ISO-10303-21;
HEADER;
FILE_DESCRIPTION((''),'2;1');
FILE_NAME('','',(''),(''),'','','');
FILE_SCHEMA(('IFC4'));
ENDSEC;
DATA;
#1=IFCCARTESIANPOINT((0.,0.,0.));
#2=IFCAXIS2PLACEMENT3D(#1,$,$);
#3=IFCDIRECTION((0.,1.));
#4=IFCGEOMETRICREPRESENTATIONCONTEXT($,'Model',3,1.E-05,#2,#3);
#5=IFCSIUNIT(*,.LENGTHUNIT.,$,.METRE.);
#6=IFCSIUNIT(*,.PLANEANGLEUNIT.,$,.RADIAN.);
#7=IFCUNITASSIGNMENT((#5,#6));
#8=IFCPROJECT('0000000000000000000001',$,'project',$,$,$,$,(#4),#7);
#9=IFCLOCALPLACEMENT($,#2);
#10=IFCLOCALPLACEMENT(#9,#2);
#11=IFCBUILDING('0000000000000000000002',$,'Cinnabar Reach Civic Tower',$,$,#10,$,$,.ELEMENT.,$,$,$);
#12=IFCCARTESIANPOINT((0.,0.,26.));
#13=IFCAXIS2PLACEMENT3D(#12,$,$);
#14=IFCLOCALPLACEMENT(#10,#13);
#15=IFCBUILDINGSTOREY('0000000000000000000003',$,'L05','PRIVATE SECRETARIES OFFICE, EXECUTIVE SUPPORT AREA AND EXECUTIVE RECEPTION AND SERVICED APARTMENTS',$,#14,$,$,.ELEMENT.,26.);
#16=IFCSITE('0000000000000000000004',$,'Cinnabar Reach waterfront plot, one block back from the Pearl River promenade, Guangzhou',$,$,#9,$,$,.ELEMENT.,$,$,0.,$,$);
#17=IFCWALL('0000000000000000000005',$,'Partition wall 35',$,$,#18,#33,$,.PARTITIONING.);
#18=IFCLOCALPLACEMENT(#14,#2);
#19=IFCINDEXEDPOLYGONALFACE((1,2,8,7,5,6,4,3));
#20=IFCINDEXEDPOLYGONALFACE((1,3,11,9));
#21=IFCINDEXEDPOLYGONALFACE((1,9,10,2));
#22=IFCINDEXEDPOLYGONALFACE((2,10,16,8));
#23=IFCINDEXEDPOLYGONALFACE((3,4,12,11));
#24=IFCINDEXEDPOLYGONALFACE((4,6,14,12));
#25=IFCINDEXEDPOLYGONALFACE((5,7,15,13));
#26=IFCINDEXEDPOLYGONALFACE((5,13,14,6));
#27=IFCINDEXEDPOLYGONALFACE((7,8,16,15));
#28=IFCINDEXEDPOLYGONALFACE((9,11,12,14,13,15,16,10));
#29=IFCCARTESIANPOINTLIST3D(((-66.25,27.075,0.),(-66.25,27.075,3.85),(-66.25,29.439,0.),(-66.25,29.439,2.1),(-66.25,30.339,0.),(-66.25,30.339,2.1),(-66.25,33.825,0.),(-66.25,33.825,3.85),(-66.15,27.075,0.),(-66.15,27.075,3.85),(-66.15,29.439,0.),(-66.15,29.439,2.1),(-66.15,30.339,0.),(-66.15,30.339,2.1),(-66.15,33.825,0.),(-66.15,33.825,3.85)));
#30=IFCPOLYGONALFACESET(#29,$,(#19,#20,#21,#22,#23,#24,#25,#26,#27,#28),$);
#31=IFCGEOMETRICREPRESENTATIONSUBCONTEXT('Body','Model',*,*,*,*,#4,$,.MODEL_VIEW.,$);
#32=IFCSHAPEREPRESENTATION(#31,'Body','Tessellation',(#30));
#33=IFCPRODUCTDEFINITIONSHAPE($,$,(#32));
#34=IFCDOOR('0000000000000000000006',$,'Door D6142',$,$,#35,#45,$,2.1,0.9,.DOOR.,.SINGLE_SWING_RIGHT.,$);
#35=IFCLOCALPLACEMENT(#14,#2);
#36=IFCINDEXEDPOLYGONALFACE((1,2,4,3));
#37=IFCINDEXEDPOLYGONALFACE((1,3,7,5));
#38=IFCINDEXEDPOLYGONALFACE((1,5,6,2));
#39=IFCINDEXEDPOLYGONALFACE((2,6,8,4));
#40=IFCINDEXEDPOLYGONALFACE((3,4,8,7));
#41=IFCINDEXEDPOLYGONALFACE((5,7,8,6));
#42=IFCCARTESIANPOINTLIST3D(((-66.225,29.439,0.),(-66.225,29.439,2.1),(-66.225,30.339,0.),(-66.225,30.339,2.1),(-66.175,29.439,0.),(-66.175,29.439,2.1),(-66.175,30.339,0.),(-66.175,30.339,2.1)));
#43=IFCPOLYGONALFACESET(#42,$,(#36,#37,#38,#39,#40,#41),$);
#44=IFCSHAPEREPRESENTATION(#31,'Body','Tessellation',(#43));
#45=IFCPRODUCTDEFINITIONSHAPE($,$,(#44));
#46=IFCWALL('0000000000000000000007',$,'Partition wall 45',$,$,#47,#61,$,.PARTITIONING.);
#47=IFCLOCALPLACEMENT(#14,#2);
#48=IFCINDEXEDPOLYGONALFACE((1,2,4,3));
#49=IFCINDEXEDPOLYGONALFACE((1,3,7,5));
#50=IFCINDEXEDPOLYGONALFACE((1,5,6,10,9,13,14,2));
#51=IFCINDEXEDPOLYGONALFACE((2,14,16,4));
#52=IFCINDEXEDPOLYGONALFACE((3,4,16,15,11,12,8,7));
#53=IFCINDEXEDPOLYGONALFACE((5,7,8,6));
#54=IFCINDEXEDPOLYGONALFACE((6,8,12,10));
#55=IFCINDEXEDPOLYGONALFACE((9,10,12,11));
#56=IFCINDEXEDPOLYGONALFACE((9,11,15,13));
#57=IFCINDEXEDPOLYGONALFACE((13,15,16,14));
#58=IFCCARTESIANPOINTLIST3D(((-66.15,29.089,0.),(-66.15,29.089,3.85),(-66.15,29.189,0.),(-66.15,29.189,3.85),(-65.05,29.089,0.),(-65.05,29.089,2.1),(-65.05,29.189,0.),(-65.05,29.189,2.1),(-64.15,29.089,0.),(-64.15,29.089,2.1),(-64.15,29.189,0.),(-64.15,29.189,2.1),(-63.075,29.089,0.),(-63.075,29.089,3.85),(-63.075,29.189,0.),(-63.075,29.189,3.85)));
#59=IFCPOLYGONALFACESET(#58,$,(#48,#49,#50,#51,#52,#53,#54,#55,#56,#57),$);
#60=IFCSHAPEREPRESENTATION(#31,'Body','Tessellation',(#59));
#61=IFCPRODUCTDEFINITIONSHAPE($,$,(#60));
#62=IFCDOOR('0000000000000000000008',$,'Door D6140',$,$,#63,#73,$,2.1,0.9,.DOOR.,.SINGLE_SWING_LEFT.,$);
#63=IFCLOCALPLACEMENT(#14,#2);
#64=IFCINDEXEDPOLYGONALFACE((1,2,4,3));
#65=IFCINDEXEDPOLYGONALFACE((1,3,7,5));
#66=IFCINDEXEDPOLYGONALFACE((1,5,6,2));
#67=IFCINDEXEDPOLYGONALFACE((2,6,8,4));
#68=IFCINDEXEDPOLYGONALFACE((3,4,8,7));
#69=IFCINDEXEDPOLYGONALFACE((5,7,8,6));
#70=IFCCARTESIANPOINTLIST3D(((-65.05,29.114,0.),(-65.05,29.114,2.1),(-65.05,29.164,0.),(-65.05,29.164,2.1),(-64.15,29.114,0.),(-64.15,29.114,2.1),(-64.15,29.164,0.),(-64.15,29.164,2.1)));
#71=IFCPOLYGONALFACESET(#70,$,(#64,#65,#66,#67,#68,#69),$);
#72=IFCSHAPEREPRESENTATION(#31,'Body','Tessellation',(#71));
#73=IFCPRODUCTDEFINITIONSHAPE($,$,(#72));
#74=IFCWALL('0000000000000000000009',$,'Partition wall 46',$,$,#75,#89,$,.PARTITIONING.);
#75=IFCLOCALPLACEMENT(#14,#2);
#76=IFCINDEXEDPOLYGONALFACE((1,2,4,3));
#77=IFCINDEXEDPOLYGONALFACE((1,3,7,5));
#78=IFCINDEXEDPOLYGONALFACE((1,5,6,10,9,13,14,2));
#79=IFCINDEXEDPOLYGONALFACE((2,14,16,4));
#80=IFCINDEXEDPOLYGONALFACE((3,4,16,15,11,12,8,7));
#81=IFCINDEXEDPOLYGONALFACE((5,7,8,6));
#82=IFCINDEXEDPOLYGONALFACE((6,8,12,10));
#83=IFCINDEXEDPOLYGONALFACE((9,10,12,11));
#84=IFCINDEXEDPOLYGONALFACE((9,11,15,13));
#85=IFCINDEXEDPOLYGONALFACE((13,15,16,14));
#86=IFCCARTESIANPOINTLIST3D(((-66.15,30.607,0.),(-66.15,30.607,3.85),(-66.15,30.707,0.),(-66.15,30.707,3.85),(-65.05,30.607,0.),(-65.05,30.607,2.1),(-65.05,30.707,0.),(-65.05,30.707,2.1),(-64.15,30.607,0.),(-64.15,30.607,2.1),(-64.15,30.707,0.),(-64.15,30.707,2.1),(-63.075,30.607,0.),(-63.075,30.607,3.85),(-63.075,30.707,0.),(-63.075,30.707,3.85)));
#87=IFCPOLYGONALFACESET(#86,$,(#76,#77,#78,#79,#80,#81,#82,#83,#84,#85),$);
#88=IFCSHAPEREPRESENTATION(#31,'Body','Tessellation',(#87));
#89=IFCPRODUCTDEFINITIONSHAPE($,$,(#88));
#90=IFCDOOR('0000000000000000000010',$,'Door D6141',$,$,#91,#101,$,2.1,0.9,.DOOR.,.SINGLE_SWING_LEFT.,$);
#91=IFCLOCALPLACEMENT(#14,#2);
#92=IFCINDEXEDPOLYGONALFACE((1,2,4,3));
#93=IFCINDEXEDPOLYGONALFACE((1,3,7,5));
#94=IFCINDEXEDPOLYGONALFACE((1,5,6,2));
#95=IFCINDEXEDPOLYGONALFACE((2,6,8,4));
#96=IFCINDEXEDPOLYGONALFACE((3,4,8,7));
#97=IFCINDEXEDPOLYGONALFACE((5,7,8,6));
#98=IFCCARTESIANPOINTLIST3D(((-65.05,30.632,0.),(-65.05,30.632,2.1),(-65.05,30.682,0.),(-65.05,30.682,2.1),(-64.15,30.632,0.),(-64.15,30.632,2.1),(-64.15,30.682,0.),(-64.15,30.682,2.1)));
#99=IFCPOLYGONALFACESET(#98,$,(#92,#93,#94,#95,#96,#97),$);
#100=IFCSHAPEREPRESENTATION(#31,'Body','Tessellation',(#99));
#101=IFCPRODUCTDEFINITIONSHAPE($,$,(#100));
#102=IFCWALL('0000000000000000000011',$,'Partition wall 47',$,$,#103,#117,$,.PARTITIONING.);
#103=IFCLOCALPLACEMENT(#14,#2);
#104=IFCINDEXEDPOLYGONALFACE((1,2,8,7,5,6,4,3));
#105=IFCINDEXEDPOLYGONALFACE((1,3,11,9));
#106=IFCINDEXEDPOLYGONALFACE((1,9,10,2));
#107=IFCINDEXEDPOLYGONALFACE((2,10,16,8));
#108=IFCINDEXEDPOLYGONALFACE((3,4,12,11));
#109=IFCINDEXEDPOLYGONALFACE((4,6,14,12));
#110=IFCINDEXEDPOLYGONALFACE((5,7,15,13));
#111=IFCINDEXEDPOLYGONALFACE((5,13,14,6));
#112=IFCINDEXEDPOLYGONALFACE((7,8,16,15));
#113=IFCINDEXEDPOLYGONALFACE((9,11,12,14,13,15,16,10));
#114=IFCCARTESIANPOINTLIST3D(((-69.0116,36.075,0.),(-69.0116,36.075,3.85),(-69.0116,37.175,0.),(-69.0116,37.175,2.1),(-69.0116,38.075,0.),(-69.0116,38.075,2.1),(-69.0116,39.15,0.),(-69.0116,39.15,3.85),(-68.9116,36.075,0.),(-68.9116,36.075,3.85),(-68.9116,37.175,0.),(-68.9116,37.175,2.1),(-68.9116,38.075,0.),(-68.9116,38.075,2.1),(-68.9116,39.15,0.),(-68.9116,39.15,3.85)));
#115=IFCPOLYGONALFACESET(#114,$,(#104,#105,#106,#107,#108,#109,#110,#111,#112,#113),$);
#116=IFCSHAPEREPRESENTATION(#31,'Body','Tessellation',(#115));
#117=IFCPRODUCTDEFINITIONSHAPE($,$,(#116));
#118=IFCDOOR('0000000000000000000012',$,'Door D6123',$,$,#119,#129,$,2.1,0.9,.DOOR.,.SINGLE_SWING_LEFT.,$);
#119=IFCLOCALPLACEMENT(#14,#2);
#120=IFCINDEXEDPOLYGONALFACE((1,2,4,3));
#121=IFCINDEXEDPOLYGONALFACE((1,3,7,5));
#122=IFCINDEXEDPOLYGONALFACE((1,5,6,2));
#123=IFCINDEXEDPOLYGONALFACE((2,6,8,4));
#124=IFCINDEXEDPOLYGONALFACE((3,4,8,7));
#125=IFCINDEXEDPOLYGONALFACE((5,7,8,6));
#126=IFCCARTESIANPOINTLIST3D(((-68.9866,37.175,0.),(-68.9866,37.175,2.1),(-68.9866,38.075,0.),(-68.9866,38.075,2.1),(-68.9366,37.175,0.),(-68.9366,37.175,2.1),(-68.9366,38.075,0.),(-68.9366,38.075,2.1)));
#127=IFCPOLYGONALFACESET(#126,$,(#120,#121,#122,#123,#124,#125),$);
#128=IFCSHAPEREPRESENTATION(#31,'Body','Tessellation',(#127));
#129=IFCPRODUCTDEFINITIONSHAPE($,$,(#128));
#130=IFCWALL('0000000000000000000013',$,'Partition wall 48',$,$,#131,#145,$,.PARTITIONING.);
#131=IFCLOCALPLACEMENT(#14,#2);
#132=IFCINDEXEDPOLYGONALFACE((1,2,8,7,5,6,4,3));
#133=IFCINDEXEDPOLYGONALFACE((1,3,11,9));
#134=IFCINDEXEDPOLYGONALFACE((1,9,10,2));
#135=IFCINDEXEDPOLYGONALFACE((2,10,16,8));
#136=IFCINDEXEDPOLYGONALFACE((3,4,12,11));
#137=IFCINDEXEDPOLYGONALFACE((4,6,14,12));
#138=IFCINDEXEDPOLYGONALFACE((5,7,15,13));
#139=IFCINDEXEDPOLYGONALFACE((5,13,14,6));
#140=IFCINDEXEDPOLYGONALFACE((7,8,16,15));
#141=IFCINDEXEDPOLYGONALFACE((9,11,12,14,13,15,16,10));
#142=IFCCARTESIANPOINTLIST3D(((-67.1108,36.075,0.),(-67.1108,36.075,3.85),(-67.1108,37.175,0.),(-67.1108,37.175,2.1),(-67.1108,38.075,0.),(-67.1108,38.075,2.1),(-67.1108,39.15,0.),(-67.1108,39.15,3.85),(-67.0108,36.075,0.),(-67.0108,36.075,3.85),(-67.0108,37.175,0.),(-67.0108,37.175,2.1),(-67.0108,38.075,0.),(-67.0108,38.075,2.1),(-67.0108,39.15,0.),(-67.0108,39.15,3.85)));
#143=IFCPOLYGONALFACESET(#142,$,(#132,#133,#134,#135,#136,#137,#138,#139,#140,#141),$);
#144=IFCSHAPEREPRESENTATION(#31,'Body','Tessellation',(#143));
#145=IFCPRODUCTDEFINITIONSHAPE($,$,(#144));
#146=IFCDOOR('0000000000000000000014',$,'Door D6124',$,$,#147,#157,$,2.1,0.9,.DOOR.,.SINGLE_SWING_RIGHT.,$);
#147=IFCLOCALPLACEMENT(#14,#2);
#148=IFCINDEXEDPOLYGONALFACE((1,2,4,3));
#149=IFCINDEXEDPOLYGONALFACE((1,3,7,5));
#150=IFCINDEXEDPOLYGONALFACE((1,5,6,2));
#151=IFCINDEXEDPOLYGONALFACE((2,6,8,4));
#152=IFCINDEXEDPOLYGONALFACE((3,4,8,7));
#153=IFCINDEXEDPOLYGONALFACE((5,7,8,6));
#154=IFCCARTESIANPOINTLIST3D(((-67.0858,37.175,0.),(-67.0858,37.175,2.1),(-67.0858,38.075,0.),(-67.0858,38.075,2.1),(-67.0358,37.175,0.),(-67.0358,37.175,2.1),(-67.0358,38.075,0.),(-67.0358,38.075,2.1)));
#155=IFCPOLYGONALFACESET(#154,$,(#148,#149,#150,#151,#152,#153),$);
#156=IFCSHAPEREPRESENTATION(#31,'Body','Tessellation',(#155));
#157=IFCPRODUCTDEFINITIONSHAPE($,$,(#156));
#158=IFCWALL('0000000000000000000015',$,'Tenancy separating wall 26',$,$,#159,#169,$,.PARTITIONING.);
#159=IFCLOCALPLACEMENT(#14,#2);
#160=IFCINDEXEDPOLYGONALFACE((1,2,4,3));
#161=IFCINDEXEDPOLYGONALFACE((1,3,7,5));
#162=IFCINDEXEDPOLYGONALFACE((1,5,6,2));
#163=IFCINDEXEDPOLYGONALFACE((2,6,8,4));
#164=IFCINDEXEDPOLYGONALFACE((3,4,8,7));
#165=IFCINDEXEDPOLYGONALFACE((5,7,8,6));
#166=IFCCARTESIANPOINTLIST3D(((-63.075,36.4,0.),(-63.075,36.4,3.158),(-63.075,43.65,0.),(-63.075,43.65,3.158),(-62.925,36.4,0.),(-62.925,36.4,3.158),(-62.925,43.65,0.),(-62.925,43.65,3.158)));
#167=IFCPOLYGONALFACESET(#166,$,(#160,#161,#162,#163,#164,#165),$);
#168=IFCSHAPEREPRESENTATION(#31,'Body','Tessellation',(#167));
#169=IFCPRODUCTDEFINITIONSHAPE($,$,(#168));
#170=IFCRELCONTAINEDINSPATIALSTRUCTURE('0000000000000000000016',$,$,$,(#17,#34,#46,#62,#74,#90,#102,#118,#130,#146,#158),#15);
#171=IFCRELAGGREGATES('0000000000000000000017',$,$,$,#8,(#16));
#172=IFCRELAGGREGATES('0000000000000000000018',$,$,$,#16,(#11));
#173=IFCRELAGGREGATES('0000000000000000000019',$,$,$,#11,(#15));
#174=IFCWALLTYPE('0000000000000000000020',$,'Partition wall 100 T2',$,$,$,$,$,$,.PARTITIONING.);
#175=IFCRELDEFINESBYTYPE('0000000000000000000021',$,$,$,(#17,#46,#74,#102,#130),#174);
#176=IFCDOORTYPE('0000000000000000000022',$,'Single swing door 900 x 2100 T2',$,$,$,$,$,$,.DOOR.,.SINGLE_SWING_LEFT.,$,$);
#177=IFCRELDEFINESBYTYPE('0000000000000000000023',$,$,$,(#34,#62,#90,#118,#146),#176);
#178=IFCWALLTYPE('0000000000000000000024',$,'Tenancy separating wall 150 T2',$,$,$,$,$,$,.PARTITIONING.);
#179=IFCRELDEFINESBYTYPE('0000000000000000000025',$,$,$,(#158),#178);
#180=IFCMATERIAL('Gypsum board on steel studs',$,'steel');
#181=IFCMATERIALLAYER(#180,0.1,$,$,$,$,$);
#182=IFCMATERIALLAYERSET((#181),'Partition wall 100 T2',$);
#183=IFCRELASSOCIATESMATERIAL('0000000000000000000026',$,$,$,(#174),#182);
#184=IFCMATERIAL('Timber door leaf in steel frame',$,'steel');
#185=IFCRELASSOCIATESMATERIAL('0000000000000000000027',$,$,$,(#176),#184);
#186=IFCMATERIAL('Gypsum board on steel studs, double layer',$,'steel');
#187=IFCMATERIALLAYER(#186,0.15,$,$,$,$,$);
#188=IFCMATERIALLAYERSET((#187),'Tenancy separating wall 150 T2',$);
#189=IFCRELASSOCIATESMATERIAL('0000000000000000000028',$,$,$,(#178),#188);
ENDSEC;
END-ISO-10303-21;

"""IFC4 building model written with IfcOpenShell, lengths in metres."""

from ifc_helpers import new_model, si_unit, direction, frame, frame_2d, origin, place, context, subcontext, project, spatial, rectangle, extrude, material, layer, layer_set, type_object, element, fill, save


model = new_model("IFC4")

# Units and contexts
model_context = context("Model", 3, precision=1e-05, world=origin(), true_north=direction((0.0, 1.0)))
body_context = subcontext(model_context, "Body", "Model", "MODEL_VIEW")
ifc_project = project(units=[si_unit("LENGTHUNIT", "METRE"), si_unit("PLANEANGLEUNIT", "RADIAN")], contexts=[model_context])

# Site, building, storey
site_placement = place(None, origin())
site = spatial("IfcSite", under=ifc_project, at=site_placement, Name="Cinnabar Reach waterfront plot, one block back from the Pearl River promenade, Guangzhou", CompositionType="ELEMENT", RefElevation=0.0)
building_placement = place(site_placement, origin())
building = spatial("IfcBuilding", under=site, at=building_placement, Name="Cinnabar Reach Civic Tower", CompositionType="ELEMENT")
storey_placement = place(building_placement, frame((0.0, 0.0, 26.0)))
storey = spatial("IfcBuildingStorey", under=building, at=storey_placement, Name="L05", Description="PRIVATE SECRETARIES OFFICE, EXECUTIVE SUPPORT AREA AND EXECUTIVE RECEPTION AND SERVICED APARTMENTS", CompositionType="ELEMENT", Elevation=26.0)

# Shared definitions
ifc_material_1 = material(Name="Gypsum board on steel studs, double layer", Category="steel")
ifc_material_2 = material(Name="Timber door leaf in steel frame", Category="steel")

# Walls, openings, doors
ifc_material_3 = material(Name="Gypsum board on steel studs", Category="steel")
ifc_layer_1 = layer(ifc_material_3, 0.1)
ifc_layer_set_1 = layer_set([ifc_layer_1], Name="Partition wall 100 T2")
wall_type_1 = type_object("IfcWallType", Name="Partition wall 100 T2", PredefinedType="PARTITIONING", material=ifc_layer_set_1)
wall_1_placement = place(storey_placement, frame((-66.2, 27.075, 0.0), z_axis=(0.0, 0.0, 1.0), x_axis=(0.0, 1.0, 0.0)))
wall_1 = element("IfcWall", 1, at=wall_1_placement, inside=storey, type_object=wall_type_1, Name="Partition wall 35", PredefinedType="PARTITIONING", context=body_context, shape_type="SweptSolid", body=[
    extrude(rectangle(XDim=6.75, YDim=0.1, at=frame_2d((3.375, 0.0))), origin(), (0.0, 0.0, 1.0), 3.85),
])
opening_1_placement = place(wall_1_placement, frame((2.364, 0.0, 0.0)))
opening_1 = element("IfcOpeningElement", 2, at=opening_1_placement, cuts=wall_1, PredefinedType="OPENING", context=body_context, shape_type="SweptSolid", body=[
    extrude(rectangle(XDim=0.9, YDim=2.1, at=frame_2d((0.45, 1.05))), frame((0.0, 0.06, 0.0), z_axis=(0.0, -1.0, 0.0), x_axis=(1.0, 0.0, 0.0)), (0.0, 0.0, 1.0), 0.12),
])
door_type_1 = type_object("IfcDoorType", Name="Single swing door 900 x 2100 T2", OperationType="SINGLE_SWING_LEFT", PredefinedType="DOOR", material=ifc_material_2)
door_1_placement = place(opening_1_placement, frame((0.9, 0.0, 0.0), z_axis=(0.0, 0.0, 1.0), x_axis=(-1.0, 0.0, 0.0)))
door_1 = element("IfcDoor", 3, at=door_1_placement, inside=storey, type_object=door_type_1, Name="Door D6142", OperationType="SINGLE_SWING_RIGHT", OverallHeight=2.1, OverallWidth=0.9, PredefinedType="DOOR", context=body_context, shape_type="SweptSolid", body=[
    extrude(rectangle(XDim=0.9, YDim=2.1, at=frame_2d((0.45, 1.05))), frame((0.0, 0.025, 0.0), z_axis=(0.0, -1.0, 0.0), x_axis=(1.0, 0.0, 0.0)), (0.0, 0.0, 1.0), 0.05),
])
fill(opening_1, door_1)
wall_2_placement = place(storey_placement, frame((-66.15, 29.139, 0.0), z_axis=(0.0, 0.0, 1.0), x_axis=(1.0, 0.0, 0.0)))
wall_2 = element("IfcWall", 4, at=wall_2_placement, inside=storey, type_object=wall_type_1, Name="Partition wall 45", PredefinedType="PARTITIONING", context=body_context, shape_type="SweptSolid", body=[
    extrude(rectangle(XDim=3.075, YDim=0.1, at=frame_2d((1.5375, 0.0))), origin(), (0.0, 0.0, 1.0), 3.85),
])
opening_2_placement = place(wall_2_placement, frame((1.1, 0.0, 0.0)))
opening_2 = element("IfcOpeningElement", 5, at=opening_2_placement, cuts=wall_2, PredefinedType="OPENING", context=body_context, shape_type="SweptSolid", body=[
    extrude(rectangle(XDim=0.9, YDim=2.1, at=frame_2d((0.45, 1.05))), frame((0.0, 0.06, 0.0), z_axis=(0.0, -1.0, 0.0), x_axis=(1.0, 0.0, 0.0)), (0.0, 0.0, 1.0), 0.12),
])
door_2_placement = place(opening_2_placement, frame((0.9, 0.0, 0.0), z_axis=(0.0, 0.0, 1.0), x_axis=(-1.0, 0.0, 0.0)))
door_2 = element("IfcDoor", 6, at=door_2_placement, inside=storey, type_object=door_type_1, Name="Door D6140", OperationType="SINGLE_SWING_LEFT", OverallHeight=2.1, OverallWidth=0.9, PredefinedType="DOOR", context=body_context, shape_type="SweptSolid", body=[
    extrude(rectangle(XDim=0.9, YDim=2.1, at=frame_2d((0.45, 1.05))), frame((0.0, 0.025, 0.0), z_axis=(0.0, -1.0, 0.0), x_axis=(1.0, 0.0, 0.0)), (0.0, 0.0, 1.0), 0.05),
])
fill(opening_2, door_2)
wall_3_placement = place(storey_placement, frame((-66.15, 30.657, 0.0), z_axis=(0.0, 0.0, 1.0), x_axis=(1.0, 0.0, 0.0)))
wall_3 = element("IfcWall", 7, at=wall_3_placement, inside=storey, type_object=wall_type_1, Name="Partition wall 46", PredefinedType="PARTITIONING", context=body_context, shape_type="SweptSolid", body=[
    extrude(rectangle(XDim=3.075, YDim=0.1, at=frame_2d((1.5375, 0.0))), origin(), (0.0, 0.0, 1.0), 3.85),
])
opening_3_placement = place(wall_3_placement, frame((1.1, 0.0, 0.0)))
opening_3 = element("IfcOpeningElement", 8, at=opening_3_placement, cuts=wall_3, PredefinedType="OPENING", context=body_context, shape_type="SweptSolid", body=[
    extrude(rectangle(XDim=0.9, YDim=2.1, at=frame_2d((0.45, 1.05))), frame((0.0, 0.06, 0.0), z_axis=(0.0, -1.0, 0.0), x_axis=(1.0, 0.0, 0.0)), (0.0, 0.0, 1.0), 0.12),
])
door_3_placement = place(opening_3_placement, frame((0.9, 0.0, 0.0), z_axis=(0.0, 0.0, 1.0), x_axis=(-1.0, 0.0, 0.0)))
door_3 = element("IfcDoor", 9, at=door_3_placement, inside=storey, type_object=door_type_1, Name="Door D6141", OperationType="SINGLE_SWING_LEFT", OverallHeight=2.1, OverallWidth=0.9, PredefinedType="DOOR", context=body_context, shape_type="SweptSolid", body=[
    extrude(rectangle(XDim=0.9, YDim=2.1, at=frame_2d((0.45, 1.05))), frame((0.0, 0.025, 0.0), z_axis=(0.0, -1.0, 0.0), x_axis=(1.0, 0.0, 0.0)), (0.0, 0.0, 1.0), 0.05),
])
fill(opening_3, door_3)
wall_4_placement = place(storey_placement, frame((-68.9616, 36.075, 0.0), z_axis=(0.0, 0.0, 1.0), x_axis=(0.0, 1.0, 0.0)))
wall_4 = element("IfcWall", 10, at=wall_4_placement, inside=storey, type_object=wall_type_1, Name="Partition wall 47", PredefinedType="PARTITIONING", context=body_context, shape_type="SweptSolid", body=[
    extrude(rectangle(XDim=3.075, YDim=0.1, at=frame_2d((1.5375, 0.0))), origin(), (0.0, 0.0, 1.0), 3.85),
])
opening_4_placement = place(wall_4_placement, frame((1.1, 0.0, 0.0)))
opening_4 = element("IfcOpeningElement", 11, at=opening_4_placement, cuts=wall_4, PredefinedType="OPENING", context=body_context, shape_type="SweptSolid", body=[
    extrude(rectangle(XDim=0.9, YDim=2.1, at=frame_2d((0.45, 1.05))), frame((0.0, 0.06, 0.0), z_axis=(0.0, -1.0, 0.0), x_axis=(1.0, 0.0, 0.0)), (0.0, 0.0, 1.0), 0.12),
])
door_4_placement = place(opening_4_placement, origin())
door_4 = element("IfcDoor", 12, at=door_4_placement, inside=storey, type_object=door_type_1, Name="Door D6123", OperationType="SINGLE_SWING_LEFT", OverallHeight=2.1, OverallWidth=0.9, PredefinedType="DOOR", context=body_context, shape_type="SweptSolid", body=[
    extrude(rectangle(XDim=0.9, YDim=2.1, at=frame_2d((0.45, 1.05))), frame((0.0, 0.025, 0.0), z_axis=(0.0, -1.0, 0.0), x_axis=(1.0, 0.0, 0.0)), (0.0, 0.0, 1.0), 0.05),
])
fill(opening_4, door_4)
wall_5_placement = place(storey_placement, frame((-67.0608, 36.075, 0.0), z_axis=(0.0, 0.0, 1.0), x_axis=(0.0, 1.0, 0.0)))
wall_5 = element("IfcWall", 13, at=wall_5_placement, inside=storey, type_object=wall_type_1, Name="Partition wall 48", PredefinedType="PARTITIONING", context=body_context, shape_type="SweptSolid", body=[
    extrude(rectangle(XDim=3.075, YDim=0.1, at=frame_2d((1.5375, 0.0))), origin(), (0.0, 0.0, 1.0), 3.85),
])
opening_5_placement = place(wall_5_placement, frame((1.1, 0.0, 0.0)))
opening_5 = element("IfcOpeningElement", 14, at=opening_5_placement, cuts=wall_5, PredefinedType="OPENING", context=body_context, shape_type="SweptSolid", body=[
    extrude(rectangle(XDim=0.9, YDim=2.1, at=frame_2d((0.45, 1.05))), frame((0.0, 0.06, 0.0), z_axis=(0.0, -1.0, 0.0), x_axis=(1.0, 0.0, 0.0)), (0.0, 0.0, 1.0), 0.12),
])
door_5_placement = place(opening_5_placement, origin())
door_5 = element("IfcDoor", 15, at=door_5_placement, inside=storey, type_object=door_type_1, Name="Door D6124", OperationType="SINGLE_SWING_RIGHT", OverallHeight=2.1, OverallWidth=0.9, PredefinedType="DOOR", context=body_context, shape_type="SweptSolid", body=[
    extrude(rectangle(XDim=0.9, YDim=2.1, at=frame_2d((0.45, 1.05))), frame((0.0, 0.025, 0.0), z_axis=(0.0, -1.0, 0.0), x_axis=(1.0, 0.0, 0.0)), (0.0, 0.0, 1.0), 0.05),
])
fill(opening_5, door_5)

# Wall
ifc_layer_2 = layer(ifc_material_1, 0.15)
ifc_layer_set_2 = layer_set([ifc_layer_2], Name="Tenancy separating wall 150 T2")
wall_type_2 = type_object("IfcWallType", Name="Tenancy separating wall 150 T2", PredefinedType="PARTITIONING", material=ifc_layer_set_2)
wall_6_placement = place(storey_placement, frame((-63.0, 36.4, 0.0), z_axis=(0.0, 0.0, 1.0), x_axis=(0.0, 1.0, 0.0)))
element("IfcWall", 16, at=wall_6_placement, inside=storey, type_object=wall_type_2, Name="Tenancy separating wall 26", PredefinedType="PARTITIONING", context=body_context, shape_type="SweptSolid", body=[
    extrude(rectangle(XDim=7.25, YDim=0.15, at=frame_2d((3.625, 0.0))), origin(), (0.0, 0.0, 1.0), 3.158),
])

save(model, "model.ifc")
